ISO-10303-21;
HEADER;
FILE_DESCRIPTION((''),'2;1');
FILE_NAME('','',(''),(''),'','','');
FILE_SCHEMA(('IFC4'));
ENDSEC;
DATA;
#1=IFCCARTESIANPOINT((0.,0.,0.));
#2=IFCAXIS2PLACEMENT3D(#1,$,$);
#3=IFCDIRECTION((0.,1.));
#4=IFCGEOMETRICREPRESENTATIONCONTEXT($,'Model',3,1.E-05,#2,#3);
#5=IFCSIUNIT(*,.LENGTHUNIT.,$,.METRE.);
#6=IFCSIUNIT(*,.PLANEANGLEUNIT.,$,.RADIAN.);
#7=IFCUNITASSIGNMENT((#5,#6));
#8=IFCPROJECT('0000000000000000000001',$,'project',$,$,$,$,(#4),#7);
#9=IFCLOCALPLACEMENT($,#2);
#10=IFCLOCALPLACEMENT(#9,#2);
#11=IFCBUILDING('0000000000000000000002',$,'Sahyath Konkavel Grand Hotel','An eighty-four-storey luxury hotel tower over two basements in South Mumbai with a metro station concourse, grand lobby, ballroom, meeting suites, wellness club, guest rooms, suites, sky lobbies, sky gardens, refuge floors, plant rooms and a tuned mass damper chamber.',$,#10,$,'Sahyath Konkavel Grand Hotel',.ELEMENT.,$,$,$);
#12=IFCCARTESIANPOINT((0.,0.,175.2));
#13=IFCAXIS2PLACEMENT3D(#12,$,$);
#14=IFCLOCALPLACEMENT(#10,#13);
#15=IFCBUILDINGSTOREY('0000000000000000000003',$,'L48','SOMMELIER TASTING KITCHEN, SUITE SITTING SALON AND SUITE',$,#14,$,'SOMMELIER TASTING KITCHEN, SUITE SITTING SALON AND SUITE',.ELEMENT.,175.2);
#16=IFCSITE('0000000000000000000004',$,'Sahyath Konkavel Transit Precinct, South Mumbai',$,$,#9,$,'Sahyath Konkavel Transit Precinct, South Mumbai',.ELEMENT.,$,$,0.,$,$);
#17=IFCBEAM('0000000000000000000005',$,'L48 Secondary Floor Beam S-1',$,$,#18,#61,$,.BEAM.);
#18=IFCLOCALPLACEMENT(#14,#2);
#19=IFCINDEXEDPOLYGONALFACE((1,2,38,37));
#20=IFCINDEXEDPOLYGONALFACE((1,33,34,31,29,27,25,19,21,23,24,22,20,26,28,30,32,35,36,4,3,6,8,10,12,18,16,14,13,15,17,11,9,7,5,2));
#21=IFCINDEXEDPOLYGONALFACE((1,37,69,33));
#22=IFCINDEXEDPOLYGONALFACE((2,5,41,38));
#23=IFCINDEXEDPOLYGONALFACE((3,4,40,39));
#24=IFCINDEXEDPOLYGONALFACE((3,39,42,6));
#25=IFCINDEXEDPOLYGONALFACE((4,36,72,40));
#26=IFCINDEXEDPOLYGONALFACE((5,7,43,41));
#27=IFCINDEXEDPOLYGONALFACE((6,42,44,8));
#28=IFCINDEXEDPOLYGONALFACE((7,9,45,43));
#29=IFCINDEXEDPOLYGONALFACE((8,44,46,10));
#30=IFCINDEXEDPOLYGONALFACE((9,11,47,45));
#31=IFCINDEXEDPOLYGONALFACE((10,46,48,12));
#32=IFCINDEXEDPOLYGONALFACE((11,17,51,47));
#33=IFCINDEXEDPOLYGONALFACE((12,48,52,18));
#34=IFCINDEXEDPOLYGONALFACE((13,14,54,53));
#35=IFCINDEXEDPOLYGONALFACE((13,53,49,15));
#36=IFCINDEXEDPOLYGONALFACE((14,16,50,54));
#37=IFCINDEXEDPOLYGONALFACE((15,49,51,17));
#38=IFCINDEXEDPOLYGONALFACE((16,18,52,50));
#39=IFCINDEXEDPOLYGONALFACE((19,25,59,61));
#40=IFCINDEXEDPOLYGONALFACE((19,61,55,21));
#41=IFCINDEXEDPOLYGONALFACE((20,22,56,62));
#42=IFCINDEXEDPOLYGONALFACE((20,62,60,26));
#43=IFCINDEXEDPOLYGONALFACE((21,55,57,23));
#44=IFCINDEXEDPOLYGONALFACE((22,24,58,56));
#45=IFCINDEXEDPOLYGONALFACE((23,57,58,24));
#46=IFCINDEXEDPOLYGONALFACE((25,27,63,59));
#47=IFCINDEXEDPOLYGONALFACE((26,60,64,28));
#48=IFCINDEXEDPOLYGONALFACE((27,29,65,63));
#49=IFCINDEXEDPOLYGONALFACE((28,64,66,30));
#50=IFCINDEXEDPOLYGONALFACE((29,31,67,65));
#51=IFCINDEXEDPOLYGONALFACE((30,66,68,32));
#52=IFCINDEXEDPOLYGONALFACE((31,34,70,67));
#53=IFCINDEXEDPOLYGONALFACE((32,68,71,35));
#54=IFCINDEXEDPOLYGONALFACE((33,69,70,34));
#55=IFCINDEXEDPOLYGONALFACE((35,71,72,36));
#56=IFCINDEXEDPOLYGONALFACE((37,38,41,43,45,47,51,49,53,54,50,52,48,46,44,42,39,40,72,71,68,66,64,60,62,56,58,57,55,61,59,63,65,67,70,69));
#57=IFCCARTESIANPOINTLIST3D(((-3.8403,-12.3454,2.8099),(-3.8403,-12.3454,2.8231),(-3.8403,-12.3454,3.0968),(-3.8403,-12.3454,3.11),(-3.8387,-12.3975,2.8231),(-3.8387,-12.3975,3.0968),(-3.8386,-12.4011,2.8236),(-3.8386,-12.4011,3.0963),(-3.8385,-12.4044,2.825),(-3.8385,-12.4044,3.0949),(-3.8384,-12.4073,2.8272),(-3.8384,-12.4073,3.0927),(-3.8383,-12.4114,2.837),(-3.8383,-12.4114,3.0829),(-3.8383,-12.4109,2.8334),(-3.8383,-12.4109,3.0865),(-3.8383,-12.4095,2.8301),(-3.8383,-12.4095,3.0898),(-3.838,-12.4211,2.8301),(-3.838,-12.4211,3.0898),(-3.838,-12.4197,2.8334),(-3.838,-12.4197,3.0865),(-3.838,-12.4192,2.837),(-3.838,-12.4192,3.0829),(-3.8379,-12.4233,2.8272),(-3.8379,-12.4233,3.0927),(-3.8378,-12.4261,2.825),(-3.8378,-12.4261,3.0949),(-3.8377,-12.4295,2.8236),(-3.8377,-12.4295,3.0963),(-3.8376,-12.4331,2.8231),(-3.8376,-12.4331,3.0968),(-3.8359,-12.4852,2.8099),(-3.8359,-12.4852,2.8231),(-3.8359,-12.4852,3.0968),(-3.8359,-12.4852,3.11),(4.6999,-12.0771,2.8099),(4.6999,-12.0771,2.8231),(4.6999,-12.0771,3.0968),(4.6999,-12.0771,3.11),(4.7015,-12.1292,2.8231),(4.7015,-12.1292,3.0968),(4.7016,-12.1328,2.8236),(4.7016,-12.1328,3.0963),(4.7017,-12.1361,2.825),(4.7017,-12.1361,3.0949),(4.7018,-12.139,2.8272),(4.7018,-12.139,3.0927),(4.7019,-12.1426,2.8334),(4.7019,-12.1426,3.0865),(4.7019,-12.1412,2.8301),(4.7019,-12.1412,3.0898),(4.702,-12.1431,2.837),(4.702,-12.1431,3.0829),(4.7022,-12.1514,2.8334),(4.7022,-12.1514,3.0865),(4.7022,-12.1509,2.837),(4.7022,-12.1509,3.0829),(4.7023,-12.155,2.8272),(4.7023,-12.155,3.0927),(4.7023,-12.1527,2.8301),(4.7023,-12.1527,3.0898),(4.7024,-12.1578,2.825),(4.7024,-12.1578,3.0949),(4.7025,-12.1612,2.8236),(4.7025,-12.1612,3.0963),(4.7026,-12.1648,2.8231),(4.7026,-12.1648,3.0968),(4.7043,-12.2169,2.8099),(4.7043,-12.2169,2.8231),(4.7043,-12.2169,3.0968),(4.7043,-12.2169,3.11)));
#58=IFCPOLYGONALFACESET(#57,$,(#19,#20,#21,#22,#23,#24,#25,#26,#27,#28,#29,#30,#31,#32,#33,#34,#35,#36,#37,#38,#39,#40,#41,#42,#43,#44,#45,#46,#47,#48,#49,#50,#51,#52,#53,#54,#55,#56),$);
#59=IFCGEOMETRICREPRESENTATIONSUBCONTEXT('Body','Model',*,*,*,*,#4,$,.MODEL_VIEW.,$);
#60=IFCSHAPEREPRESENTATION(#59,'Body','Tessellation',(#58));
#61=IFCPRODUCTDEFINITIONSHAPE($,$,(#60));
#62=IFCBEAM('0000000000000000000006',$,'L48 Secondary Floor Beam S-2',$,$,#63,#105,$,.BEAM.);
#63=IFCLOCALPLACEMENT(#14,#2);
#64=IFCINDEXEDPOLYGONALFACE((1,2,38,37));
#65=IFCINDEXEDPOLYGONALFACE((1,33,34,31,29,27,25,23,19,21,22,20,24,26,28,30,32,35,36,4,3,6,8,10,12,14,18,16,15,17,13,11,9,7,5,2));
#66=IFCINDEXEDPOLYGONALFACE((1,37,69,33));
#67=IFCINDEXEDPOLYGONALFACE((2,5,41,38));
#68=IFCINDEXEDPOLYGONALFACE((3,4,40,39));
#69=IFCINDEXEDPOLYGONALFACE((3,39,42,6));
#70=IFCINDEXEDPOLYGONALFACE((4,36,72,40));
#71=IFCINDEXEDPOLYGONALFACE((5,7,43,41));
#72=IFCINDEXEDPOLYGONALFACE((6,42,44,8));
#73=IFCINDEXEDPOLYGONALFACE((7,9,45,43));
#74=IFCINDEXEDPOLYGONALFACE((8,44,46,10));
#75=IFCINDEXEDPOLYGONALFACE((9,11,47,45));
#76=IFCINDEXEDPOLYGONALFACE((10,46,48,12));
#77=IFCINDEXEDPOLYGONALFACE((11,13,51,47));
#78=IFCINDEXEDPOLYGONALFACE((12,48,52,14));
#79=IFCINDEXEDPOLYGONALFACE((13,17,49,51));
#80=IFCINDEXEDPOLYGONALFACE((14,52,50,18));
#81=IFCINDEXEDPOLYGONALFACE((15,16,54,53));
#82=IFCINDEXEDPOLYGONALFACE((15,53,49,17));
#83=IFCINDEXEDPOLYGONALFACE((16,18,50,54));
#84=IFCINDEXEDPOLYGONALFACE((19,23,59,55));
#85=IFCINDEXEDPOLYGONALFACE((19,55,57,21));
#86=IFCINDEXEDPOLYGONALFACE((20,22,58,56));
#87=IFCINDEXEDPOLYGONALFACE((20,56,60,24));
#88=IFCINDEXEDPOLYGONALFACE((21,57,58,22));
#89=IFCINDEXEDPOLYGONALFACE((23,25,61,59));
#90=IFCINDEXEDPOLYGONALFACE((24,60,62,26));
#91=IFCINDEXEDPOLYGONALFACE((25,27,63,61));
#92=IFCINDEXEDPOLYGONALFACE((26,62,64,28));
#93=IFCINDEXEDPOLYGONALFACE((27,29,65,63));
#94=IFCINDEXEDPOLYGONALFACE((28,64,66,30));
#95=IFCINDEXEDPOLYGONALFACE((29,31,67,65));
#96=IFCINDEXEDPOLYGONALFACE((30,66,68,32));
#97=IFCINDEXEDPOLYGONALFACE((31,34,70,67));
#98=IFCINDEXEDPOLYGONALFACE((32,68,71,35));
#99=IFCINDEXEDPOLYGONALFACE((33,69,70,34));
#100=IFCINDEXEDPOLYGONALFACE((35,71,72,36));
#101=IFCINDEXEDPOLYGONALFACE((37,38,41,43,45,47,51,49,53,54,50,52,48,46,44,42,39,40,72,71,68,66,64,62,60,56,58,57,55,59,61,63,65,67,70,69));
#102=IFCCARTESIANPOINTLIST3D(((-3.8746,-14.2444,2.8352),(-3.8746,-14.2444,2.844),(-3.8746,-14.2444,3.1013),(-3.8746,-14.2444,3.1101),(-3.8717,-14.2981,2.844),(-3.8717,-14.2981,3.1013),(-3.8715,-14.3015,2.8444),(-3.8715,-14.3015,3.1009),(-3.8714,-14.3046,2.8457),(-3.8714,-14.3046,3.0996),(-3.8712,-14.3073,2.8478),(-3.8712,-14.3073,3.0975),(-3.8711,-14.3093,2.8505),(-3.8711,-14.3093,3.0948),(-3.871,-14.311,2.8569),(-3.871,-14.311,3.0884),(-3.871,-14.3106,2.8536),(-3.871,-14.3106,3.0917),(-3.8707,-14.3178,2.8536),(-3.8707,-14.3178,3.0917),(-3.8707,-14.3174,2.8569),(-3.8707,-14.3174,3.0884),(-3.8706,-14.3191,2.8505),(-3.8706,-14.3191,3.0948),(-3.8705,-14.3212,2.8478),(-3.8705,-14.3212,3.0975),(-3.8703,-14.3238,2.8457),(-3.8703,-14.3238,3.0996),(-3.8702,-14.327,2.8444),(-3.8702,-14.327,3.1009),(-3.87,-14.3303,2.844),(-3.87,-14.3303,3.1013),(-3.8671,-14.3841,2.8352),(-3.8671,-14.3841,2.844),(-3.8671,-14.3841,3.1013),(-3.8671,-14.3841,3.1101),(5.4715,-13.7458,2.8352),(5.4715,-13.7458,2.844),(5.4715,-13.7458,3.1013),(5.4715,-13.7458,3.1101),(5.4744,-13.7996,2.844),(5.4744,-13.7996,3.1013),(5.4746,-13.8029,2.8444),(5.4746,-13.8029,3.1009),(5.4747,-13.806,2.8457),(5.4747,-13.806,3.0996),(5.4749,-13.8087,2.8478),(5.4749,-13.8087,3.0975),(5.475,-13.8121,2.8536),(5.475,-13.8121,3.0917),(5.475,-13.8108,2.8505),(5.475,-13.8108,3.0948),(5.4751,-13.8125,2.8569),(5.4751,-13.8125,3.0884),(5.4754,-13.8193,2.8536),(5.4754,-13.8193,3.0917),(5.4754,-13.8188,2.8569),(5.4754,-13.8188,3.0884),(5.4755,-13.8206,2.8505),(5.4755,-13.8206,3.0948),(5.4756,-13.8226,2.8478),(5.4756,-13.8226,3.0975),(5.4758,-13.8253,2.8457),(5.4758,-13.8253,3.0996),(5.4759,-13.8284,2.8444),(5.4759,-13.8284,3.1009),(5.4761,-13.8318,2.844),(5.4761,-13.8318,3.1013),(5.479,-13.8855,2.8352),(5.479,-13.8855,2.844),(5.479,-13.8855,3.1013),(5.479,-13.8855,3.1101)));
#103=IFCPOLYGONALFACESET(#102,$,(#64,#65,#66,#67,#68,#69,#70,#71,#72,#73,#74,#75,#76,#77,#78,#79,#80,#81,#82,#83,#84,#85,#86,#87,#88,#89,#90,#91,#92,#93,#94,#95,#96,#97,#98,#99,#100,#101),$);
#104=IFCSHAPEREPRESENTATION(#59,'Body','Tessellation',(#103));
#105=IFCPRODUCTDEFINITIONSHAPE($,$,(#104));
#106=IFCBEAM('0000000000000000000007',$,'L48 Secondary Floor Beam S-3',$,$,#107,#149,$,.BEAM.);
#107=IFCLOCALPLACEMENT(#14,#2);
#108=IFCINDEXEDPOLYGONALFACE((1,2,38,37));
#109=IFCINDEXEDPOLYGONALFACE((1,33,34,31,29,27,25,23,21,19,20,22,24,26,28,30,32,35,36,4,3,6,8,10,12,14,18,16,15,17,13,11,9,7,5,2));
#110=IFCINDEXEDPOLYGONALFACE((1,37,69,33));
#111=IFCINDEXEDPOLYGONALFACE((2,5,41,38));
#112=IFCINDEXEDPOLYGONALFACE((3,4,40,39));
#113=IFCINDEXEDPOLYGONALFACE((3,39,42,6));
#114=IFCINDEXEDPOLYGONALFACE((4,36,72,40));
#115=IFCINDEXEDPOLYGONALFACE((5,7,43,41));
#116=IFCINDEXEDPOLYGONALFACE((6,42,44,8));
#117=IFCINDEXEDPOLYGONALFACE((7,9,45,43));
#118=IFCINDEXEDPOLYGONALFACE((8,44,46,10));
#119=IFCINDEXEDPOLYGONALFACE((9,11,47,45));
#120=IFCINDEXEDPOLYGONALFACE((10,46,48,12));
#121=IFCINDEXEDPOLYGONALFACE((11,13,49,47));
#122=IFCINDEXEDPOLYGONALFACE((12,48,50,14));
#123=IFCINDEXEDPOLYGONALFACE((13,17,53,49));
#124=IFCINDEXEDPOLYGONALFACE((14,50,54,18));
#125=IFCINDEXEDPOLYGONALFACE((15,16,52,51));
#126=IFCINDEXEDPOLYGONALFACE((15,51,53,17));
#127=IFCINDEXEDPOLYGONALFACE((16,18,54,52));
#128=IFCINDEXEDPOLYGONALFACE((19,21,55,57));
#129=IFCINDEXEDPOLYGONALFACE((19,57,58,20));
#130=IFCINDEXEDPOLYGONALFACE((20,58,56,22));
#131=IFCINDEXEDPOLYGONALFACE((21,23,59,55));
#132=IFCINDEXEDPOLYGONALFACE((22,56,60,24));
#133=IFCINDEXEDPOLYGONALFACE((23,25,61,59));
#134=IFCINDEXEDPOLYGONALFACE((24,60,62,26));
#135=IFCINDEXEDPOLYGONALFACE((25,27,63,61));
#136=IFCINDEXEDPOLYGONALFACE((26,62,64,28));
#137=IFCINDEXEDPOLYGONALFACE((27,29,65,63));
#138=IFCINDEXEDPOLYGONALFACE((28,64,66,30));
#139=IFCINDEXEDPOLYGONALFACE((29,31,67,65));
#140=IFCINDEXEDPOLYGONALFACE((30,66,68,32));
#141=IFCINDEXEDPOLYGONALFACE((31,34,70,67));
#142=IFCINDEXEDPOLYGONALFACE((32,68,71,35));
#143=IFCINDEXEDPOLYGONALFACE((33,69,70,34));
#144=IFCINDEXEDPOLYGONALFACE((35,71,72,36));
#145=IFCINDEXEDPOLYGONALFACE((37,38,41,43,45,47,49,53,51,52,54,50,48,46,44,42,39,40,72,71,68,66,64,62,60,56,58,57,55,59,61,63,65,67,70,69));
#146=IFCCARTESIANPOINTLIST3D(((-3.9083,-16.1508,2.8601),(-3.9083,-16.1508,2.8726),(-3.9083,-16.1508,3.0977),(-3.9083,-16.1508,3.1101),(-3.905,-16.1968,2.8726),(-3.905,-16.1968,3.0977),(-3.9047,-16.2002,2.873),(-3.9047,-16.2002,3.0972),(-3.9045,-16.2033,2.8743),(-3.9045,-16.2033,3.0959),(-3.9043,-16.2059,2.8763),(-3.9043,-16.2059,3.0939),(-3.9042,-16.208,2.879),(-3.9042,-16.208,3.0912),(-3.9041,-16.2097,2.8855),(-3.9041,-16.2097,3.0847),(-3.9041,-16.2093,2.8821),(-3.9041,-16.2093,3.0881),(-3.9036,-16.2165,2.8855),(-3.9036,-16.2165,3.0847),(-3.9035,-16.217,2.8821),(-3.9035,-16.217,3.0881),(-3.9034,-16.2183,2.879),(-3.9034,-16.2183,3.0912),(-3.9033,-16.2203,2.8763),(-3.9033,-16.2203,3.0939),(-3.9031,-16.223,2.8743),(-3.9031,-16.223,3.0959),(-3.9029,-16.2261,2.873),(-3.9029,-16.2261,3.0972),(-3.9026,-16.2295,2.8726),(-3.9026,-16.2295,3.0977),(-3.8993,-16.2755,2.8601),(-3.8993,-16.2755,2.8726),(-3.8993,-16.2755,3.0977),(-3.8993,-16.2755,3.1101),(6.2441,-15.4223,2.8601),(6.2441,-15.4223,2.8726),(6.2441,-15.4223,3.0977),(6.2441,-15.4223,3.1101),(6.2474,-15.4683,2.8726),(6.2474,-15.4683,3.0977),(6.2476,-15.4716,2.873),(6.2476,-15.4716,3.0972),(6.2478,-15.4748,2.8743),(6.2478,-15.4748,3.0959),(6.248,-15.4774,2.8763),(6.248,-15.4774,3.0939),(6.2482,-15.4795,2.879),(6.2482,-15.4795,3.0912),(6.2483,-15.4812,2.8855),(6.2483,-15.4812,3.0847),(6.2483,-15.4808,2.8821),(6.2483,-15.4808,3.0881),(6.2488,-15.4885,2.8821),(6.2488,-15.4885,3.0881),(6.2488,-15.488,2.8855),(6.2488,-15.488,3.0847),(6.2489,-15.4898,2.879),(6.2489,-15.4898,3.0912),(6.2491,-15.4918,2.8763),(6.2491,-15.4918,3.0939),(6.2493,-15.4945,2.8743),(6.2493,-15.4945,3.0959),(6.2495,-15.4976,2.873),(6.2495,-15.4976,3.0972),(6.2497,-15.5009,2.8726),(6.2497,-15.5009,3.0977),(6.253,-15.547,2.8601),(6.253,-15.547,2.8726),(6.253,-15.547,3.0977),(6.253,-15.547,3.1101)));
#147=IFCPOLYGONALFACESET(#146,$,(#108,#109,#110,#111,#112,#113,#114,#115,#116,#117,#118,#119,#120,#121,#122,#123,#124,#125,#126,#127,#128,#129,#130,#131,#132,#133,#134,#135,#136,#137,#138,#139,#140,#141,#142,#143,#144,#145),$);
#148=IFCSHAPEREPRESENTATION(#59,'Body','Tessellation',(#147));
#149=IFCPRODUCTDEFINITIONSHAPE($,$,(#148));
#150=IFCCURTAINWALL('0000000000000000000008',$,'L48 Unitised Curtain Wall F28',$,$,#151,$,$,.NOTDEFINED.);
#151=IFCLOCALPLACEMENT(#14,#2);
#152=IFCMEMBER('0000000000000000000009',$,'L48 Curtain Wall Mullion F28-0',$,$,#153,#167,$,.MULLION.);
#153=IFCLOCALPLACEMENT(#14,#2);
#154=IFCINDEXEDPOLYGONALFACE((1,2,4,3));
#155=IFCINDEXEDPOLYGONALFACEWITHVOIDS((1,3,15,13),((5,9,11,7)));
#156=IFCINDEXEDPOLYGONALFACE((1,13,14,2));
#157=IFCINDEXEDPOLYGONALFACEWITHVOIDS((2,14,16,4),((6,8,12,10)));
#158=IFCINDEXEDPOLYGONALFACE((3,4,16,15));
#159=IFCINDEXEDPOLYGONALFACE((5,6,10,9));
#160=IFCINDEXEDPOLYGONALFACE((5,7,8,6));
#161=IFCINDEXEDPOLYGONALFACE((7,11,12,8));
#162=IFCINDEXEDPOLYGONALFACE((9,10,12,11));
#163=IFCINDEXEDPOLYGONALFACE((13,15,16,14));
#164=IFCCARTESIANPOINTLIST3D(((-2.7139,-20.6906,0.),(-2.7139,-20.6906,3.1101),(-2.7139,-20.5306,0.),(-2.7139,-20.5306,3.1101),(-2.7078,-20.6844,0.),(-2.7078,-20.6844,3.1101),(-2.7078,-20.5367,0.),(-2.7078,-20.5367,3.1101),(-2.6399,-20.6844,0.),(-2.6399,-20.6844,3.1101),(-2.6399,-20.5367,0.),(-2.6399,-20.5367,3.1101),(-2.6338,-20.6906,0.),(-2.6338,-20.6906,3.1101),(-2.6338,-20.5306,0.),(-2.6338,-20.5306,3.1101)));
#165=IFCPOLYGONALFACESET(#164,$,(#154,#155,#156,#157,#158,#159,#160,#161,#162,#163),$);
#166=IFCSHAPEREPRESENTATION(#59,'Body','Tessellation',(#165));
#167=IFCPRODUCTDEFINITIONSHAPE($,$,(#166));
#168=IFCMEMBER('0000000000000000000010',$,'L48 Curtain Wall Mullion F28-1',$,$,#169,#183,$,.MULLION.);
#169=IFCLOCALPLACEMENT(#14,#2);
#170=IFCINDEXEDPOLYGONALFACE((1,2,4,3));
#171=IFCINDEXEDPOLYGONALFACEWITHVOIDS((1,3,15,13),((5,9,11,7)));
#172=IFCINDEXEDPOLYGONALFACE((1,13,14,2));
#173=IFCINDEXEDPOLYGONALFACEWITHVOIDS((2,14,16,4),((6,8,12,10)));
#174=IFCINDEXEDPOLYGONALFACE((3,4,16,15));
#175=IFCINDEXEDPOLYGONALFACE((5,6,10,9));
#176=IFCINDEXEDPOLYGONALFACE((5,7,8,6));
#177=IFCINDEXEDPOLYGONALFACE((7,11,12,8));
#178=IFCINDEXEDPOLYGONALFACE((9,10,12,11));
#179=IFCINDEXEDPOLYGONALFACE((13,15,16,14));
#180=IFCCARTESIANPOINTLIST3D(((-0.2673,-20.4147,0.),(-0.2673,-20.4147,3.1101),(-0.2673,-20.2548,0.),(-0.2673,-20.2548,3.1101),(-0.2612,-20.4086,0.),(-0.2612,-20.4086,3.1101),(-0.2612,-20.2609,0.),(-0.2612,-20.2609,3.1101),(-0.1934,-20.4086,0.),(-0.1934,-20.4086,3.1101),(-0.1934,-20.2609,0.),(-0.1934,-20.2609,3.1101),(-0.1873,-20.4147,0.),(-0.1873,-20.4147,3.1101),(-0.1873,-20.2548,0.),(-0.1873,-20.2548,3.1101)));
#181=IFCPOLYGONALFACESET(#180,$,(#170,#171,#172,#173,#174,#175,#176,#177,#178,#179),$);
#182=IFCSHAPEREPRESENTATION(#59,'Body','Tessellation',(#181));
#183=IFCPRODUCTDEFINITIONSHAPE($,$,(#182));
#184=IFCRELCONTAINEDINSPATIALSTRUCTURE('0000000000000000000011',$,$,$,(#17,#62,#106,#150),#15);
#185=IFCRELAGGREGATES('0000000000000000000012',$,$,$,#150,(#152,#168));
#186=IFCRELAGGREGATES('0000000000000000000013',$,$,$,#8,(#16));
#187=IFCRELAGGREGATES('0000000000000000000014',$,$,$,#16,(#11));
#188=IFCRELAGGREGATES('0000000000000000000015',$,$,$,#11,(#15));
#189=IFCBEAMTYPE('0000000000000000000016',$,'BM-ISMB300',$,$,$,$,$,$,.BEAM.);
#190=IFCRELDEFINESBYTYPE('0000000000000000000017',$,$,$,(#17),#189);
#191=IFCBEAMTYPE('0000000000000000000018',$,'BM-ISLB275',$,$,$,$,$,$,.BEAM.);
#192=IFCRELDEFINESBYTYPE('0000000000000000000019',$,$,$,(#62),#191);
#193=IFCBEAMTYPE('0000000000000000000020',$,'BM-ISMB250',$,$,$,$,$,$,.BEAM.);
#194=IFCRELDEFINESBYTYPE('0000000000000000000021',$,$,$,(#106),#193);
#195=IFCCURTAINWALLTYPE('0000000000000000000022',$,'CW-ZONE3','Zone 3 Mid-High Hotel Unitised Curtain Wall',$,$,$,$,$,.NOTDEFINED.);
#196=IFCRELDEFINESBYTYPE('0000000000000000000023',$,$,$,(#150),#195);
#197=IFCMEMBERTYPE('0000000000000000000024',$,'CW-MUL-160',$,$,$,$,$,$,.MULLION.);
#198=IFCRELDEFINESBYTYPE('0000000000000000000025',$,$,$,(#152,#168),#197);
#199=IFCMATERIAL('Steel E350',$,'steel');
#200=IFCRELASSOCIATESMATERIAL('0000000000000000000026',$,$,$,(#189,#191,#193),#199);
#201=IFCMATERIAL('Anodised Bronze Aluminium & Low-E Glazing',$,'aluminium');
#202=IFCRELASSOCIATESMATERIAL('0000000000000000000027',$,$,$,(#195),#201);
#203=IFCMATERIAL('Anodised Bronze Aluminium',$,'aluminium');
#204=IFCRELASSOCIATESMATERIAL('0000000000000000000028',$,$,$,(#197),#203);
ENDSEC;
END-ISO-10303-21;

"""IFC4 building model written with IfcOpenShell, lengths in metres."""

from ifc_helpers import new_model, si_unit, direction, frame, origin, origin_2d, place, context, subcontext, project, spatial, hollow_rectangle, i_section, extrude, source, transform, mapped, material, material_profile, profile_set, type_object, element, aggregate, save


model = new_model("IFC4")

# Units and contexts
model_context = context("Model", 3, precision=1e-05, world=origin(), true_north=direction((0.0, 1.0)))
body_context = subcontext(model_context, "Body", "Model", "MODEL_VIEW")
ifc_project = project(units=[si_unit("LENGTHUNIT", "METRE"), si_unit("PLANEANGLEUNIT", "RADIAN")], contexts=[model_context])

# Site, building, storey
site_placement = place(None, origin())
site = spatial("IfcSite", under=ifc_project, at=site_placement, Name="Sahyath Konkavel Transit Precinct, South Mumbai", LongName="Sahyath Konkavel Transit Precinct, South Mumbai", CompositionType="ELEMENT", RefElevation=0.0)
building_placement = place(site_placement, origin())
building = spatial("IfcBuilding", under=site, at=building_placement, Name="Sahyath Konkavel Grand Hotel", Description="An eighty-four-storey luxury hotel tower over two basements in South Mumbai with a metro station concourse, grand lobby, ballroom, meeting suites, wellness club, guest rooms, suites, sky lobbies, sky gardens, refuge floors, plant rooms and a tuned mass damper chamber.", LongName="Sahyath Konkavel Grand Hotel", CompositionType="ELEMENT")
storey_placement = place(building_placement, frame((0.0, 0.0, 175.2)))
storey = spatial("IfcBuildingStorey", under=building, at=storey_placement, Name="L48", Description="SOMMELIER TASTING KITCHEN, SUITE SITTING SALON AND SUITE", LongName="SOMMELIER TASTING KITCHEN, SUITE SITTING SALON AND SUITE", CompositionType="ELEMENT", Elevation=175.2)

# Beams
ifc_material_1 = material(Name="Steel E350", Category="steel")
ifc_material_profile_1 = material_profile(ifc_material_1, i_section(OverallWidth=0.1399, OverallDepth=0.3, WebThickness=0.0078, FlangeThickness=0.0132, FilletRadius=0.0139, at=origin_2d()), Name="ISMB 300")
ifc_profile_set_1 = profile_set([ifc_material_profile_1], Name="Steel E350")
beam_type_1 = type_object("IfcBeamType", Name="BM-ISMB300", PredefinedType="BEAM", material=ifc_profile_set_1)
shared_shape_1 = source(origin(), body_context, "Body", "SweptSolid", [
    extrude(i_section(OverallWidth=0.1399, OverallDepth=0.3, WebThickness=0.0078, FlangeThickness=0.0132, FilletRadius=0.0139, at=origin_2d()), origin(), (0.0, 0.0, 1.0), 8.5444),
])
beam_1_placement = place(storey_placement, frame((-3.8381, -12.4153, 2.96), z_axis=(0.999507, 0.031402, 0.0), x_axis=(-0.031402, 0.999507, 0.0)))
element("IfcBeam", 1, at=beam_1_placement, inside=storey, type_object=beam_type_1, Name="L48 Secondary Floor Beam S-1", PredefinedType="BEAM", context=body_context, shape_type="MappedRepresentation", body=[
    mapped(shared_shape_1, transform((0.0, 0.0, 0.0), scale=1.0)),
])
ifc_material_profile_2 = material_profile(ifc_material_1, i_section(OverallWidth=0.1399, OverallDepth=0.2749, WebThickness=0.0063, FlangeThickness=0.0088, FilletRadius=0.0129, at=origin_2d()), Name="ISLB 275")
ifc_profile_set_2 = profile_set([ifc_material_profile_2], Name="Steel E350")
beam_type_2 = type_object("IfcBeamType", Name="BM-ISLB275", PredefinedType="BEAM", material=ifc_profile_set_2)
shared_shape_2 = source(origin(), body_context, "Body", "SweptSolid", [
    extrude(i_section(OverallWidth=0.1399, OverallDepth=0.2749, WebThickness=0.0063, FlangeThickness=0.0088, FilletRadius=0.0129, at=origin_2d()), origin(), (0.0, 0.0, 1.0), 9.3594),
])
beam_2_placement = place(storey_placement, frame((-3.8708, -14.3142, 2.9727), z_axis=(0.99858, 0.053265, 0.0), x_axis=(-0.053265, 0.99858, 0.0)))
element("IfcBeam", 2, at=beam_2_placement, inside=storey, type_object=beam_type_2, Name="L48 Secondary Floor Beam S-2", PredefinedType="BEAM", context=body_context, shape_type="MappedRepresentation", body=[
    mapped(shared_shape_2, transform((0.0, 0.0, 0.0), scale=1.0)),
])
ifc_material_profile_3 = material_profile(ifc_material_1, i_section(OverallWidth=0.125, OverallDepth=0.25, WebThickness=0.0068, FlangeThickness=0.0125, FilletRadius=0.0129, at=origin_2d()), Name="ISMB 250")
ifc_profile_set_3 = profile_set([ifc_material_profile_3], Name="Steel E350")
beam_type_3 = type_object("IfcBeamType", Name="BM-ISMB250", PredefinedType="BEAM", material=ifc_profile_set_3)
shared_shape_3 = source(origin(), body_context, "Body", "SweptSolid", [
    extrude(i_section(OverallWidth=0.125, OverallDepth=0.25, WebThickness=0.0068, FlangeThickness=0.0125, FilletRadius=0.0129, at=origin_2d()), origin(), (0.0, 0.0, 1.0), 10.1785),
])
beam_3_placement = place(storey_placement, frame((-3.9038, -16.2131, 2.9851), z_axis=(0.997435, 0.071574, 0.0), x_axis=(-0.071574, 0.997435, 0.0)))
element("IfcBeam", 3, at=beam_3_placement, inside=storey, type_object=beam_type_3, Name="L48 Secondary Floor Beam S-3", PredefinedType="BEAM", context=body_context, shape_type="MappedRepresentation", body=[
    mapped(shared_shape_3, transform((0.0, 0.0, 0.0), scale=1.0)),
])

# Curtain wall, members
ifc_material_2 = material(Name="Anodised Bronze Aluminium & Low-E Glazing", Category="aluminium")
curtain_wall_type = type_object("IfcCurtainWallType", Name="CW-ZONE3", Description="Zone 3 Mid-High Hotel Unitised Curtain Wall", PredefinedType="NOTDEFINED", material=ifc_material_2)
curtain_wall_placement = place(storey_placement, origin())
curtain_wall = element("IfcCurtainWall", 4, at=curtain_wall_placement, inside=storey, type_object=curtain_wall_type, Name="L48 Unitised Curtain Wall F28", PredefinedType="NOTDEFINED")
ifc_material_3 = material(Name="Anodised Bronze Aluminium", Category="aluminium")
ifc_material_profile_4 = material_profile(ifc_material_3, hollow_rectangle(XDim=0.0801, YDim=0.1599, WallThickness=0.0061, at=origin_2d()), Name="RHS 160x80x6")
ifc_profile_set_4 = profile_set([ifc_material_profile_4], Name="Anodised Bronze Aluminium")
member_type_1 = type_object("IfcMemberType", Name="CW-MUL-160", PredefinedType="MULLION", material=ifc_profile_set_4)
shared_shape_4 = source(origin(), body_context, "Body", "SweptSolid", [
    extrude(hollow_rectangle(XDim=0.0801, YDim=0.1599, WallThickness=0.0061, at=origin_2d()), origin(), (0.0, 0.0, 1.0), 3.1101),
])
member_1_placement = place(storey_placement, frame((-2.6738, -20.6106, 0.0), z_axis=(0.0, 0.0, 1.0), x_axis=(1.0, 0.0, 0.0)))
member_1 = element("IfcMember", 5, at=member_1_placement, type_object=member_type_1, Name="L48 Curtain Wall Mullion F28-0", PredefinedType="MULLION", context=body_context, shape_type="MappedRepresentation", body=[
    mapped(shared_shape_4, transform((0.0, 0.0, 0.0), scale=1.0)),
])
member_2_placement = place(storey_placement, frame((-0.2273, -20.3347, 0.0), z_axis=(0.0, 0.0, 1.0), x_axis=(1.0, 0.0, 0.0)))
member_2 = element("IfcMember", 6, at=member_2_placement, type_object=member_type_1, Name="L48 Curtain Wall Mullion F28-1", PredefinedType="MULLION", context=body_context, shape_type="MappedRepresentation", body=[
    mapped(shared_shape_4, transform((0.0, 0.0, 0.0), scale=1.0)),
])
aggregate(curtain_wall, [member_1, member_2])

save(model, "model.ifc")
